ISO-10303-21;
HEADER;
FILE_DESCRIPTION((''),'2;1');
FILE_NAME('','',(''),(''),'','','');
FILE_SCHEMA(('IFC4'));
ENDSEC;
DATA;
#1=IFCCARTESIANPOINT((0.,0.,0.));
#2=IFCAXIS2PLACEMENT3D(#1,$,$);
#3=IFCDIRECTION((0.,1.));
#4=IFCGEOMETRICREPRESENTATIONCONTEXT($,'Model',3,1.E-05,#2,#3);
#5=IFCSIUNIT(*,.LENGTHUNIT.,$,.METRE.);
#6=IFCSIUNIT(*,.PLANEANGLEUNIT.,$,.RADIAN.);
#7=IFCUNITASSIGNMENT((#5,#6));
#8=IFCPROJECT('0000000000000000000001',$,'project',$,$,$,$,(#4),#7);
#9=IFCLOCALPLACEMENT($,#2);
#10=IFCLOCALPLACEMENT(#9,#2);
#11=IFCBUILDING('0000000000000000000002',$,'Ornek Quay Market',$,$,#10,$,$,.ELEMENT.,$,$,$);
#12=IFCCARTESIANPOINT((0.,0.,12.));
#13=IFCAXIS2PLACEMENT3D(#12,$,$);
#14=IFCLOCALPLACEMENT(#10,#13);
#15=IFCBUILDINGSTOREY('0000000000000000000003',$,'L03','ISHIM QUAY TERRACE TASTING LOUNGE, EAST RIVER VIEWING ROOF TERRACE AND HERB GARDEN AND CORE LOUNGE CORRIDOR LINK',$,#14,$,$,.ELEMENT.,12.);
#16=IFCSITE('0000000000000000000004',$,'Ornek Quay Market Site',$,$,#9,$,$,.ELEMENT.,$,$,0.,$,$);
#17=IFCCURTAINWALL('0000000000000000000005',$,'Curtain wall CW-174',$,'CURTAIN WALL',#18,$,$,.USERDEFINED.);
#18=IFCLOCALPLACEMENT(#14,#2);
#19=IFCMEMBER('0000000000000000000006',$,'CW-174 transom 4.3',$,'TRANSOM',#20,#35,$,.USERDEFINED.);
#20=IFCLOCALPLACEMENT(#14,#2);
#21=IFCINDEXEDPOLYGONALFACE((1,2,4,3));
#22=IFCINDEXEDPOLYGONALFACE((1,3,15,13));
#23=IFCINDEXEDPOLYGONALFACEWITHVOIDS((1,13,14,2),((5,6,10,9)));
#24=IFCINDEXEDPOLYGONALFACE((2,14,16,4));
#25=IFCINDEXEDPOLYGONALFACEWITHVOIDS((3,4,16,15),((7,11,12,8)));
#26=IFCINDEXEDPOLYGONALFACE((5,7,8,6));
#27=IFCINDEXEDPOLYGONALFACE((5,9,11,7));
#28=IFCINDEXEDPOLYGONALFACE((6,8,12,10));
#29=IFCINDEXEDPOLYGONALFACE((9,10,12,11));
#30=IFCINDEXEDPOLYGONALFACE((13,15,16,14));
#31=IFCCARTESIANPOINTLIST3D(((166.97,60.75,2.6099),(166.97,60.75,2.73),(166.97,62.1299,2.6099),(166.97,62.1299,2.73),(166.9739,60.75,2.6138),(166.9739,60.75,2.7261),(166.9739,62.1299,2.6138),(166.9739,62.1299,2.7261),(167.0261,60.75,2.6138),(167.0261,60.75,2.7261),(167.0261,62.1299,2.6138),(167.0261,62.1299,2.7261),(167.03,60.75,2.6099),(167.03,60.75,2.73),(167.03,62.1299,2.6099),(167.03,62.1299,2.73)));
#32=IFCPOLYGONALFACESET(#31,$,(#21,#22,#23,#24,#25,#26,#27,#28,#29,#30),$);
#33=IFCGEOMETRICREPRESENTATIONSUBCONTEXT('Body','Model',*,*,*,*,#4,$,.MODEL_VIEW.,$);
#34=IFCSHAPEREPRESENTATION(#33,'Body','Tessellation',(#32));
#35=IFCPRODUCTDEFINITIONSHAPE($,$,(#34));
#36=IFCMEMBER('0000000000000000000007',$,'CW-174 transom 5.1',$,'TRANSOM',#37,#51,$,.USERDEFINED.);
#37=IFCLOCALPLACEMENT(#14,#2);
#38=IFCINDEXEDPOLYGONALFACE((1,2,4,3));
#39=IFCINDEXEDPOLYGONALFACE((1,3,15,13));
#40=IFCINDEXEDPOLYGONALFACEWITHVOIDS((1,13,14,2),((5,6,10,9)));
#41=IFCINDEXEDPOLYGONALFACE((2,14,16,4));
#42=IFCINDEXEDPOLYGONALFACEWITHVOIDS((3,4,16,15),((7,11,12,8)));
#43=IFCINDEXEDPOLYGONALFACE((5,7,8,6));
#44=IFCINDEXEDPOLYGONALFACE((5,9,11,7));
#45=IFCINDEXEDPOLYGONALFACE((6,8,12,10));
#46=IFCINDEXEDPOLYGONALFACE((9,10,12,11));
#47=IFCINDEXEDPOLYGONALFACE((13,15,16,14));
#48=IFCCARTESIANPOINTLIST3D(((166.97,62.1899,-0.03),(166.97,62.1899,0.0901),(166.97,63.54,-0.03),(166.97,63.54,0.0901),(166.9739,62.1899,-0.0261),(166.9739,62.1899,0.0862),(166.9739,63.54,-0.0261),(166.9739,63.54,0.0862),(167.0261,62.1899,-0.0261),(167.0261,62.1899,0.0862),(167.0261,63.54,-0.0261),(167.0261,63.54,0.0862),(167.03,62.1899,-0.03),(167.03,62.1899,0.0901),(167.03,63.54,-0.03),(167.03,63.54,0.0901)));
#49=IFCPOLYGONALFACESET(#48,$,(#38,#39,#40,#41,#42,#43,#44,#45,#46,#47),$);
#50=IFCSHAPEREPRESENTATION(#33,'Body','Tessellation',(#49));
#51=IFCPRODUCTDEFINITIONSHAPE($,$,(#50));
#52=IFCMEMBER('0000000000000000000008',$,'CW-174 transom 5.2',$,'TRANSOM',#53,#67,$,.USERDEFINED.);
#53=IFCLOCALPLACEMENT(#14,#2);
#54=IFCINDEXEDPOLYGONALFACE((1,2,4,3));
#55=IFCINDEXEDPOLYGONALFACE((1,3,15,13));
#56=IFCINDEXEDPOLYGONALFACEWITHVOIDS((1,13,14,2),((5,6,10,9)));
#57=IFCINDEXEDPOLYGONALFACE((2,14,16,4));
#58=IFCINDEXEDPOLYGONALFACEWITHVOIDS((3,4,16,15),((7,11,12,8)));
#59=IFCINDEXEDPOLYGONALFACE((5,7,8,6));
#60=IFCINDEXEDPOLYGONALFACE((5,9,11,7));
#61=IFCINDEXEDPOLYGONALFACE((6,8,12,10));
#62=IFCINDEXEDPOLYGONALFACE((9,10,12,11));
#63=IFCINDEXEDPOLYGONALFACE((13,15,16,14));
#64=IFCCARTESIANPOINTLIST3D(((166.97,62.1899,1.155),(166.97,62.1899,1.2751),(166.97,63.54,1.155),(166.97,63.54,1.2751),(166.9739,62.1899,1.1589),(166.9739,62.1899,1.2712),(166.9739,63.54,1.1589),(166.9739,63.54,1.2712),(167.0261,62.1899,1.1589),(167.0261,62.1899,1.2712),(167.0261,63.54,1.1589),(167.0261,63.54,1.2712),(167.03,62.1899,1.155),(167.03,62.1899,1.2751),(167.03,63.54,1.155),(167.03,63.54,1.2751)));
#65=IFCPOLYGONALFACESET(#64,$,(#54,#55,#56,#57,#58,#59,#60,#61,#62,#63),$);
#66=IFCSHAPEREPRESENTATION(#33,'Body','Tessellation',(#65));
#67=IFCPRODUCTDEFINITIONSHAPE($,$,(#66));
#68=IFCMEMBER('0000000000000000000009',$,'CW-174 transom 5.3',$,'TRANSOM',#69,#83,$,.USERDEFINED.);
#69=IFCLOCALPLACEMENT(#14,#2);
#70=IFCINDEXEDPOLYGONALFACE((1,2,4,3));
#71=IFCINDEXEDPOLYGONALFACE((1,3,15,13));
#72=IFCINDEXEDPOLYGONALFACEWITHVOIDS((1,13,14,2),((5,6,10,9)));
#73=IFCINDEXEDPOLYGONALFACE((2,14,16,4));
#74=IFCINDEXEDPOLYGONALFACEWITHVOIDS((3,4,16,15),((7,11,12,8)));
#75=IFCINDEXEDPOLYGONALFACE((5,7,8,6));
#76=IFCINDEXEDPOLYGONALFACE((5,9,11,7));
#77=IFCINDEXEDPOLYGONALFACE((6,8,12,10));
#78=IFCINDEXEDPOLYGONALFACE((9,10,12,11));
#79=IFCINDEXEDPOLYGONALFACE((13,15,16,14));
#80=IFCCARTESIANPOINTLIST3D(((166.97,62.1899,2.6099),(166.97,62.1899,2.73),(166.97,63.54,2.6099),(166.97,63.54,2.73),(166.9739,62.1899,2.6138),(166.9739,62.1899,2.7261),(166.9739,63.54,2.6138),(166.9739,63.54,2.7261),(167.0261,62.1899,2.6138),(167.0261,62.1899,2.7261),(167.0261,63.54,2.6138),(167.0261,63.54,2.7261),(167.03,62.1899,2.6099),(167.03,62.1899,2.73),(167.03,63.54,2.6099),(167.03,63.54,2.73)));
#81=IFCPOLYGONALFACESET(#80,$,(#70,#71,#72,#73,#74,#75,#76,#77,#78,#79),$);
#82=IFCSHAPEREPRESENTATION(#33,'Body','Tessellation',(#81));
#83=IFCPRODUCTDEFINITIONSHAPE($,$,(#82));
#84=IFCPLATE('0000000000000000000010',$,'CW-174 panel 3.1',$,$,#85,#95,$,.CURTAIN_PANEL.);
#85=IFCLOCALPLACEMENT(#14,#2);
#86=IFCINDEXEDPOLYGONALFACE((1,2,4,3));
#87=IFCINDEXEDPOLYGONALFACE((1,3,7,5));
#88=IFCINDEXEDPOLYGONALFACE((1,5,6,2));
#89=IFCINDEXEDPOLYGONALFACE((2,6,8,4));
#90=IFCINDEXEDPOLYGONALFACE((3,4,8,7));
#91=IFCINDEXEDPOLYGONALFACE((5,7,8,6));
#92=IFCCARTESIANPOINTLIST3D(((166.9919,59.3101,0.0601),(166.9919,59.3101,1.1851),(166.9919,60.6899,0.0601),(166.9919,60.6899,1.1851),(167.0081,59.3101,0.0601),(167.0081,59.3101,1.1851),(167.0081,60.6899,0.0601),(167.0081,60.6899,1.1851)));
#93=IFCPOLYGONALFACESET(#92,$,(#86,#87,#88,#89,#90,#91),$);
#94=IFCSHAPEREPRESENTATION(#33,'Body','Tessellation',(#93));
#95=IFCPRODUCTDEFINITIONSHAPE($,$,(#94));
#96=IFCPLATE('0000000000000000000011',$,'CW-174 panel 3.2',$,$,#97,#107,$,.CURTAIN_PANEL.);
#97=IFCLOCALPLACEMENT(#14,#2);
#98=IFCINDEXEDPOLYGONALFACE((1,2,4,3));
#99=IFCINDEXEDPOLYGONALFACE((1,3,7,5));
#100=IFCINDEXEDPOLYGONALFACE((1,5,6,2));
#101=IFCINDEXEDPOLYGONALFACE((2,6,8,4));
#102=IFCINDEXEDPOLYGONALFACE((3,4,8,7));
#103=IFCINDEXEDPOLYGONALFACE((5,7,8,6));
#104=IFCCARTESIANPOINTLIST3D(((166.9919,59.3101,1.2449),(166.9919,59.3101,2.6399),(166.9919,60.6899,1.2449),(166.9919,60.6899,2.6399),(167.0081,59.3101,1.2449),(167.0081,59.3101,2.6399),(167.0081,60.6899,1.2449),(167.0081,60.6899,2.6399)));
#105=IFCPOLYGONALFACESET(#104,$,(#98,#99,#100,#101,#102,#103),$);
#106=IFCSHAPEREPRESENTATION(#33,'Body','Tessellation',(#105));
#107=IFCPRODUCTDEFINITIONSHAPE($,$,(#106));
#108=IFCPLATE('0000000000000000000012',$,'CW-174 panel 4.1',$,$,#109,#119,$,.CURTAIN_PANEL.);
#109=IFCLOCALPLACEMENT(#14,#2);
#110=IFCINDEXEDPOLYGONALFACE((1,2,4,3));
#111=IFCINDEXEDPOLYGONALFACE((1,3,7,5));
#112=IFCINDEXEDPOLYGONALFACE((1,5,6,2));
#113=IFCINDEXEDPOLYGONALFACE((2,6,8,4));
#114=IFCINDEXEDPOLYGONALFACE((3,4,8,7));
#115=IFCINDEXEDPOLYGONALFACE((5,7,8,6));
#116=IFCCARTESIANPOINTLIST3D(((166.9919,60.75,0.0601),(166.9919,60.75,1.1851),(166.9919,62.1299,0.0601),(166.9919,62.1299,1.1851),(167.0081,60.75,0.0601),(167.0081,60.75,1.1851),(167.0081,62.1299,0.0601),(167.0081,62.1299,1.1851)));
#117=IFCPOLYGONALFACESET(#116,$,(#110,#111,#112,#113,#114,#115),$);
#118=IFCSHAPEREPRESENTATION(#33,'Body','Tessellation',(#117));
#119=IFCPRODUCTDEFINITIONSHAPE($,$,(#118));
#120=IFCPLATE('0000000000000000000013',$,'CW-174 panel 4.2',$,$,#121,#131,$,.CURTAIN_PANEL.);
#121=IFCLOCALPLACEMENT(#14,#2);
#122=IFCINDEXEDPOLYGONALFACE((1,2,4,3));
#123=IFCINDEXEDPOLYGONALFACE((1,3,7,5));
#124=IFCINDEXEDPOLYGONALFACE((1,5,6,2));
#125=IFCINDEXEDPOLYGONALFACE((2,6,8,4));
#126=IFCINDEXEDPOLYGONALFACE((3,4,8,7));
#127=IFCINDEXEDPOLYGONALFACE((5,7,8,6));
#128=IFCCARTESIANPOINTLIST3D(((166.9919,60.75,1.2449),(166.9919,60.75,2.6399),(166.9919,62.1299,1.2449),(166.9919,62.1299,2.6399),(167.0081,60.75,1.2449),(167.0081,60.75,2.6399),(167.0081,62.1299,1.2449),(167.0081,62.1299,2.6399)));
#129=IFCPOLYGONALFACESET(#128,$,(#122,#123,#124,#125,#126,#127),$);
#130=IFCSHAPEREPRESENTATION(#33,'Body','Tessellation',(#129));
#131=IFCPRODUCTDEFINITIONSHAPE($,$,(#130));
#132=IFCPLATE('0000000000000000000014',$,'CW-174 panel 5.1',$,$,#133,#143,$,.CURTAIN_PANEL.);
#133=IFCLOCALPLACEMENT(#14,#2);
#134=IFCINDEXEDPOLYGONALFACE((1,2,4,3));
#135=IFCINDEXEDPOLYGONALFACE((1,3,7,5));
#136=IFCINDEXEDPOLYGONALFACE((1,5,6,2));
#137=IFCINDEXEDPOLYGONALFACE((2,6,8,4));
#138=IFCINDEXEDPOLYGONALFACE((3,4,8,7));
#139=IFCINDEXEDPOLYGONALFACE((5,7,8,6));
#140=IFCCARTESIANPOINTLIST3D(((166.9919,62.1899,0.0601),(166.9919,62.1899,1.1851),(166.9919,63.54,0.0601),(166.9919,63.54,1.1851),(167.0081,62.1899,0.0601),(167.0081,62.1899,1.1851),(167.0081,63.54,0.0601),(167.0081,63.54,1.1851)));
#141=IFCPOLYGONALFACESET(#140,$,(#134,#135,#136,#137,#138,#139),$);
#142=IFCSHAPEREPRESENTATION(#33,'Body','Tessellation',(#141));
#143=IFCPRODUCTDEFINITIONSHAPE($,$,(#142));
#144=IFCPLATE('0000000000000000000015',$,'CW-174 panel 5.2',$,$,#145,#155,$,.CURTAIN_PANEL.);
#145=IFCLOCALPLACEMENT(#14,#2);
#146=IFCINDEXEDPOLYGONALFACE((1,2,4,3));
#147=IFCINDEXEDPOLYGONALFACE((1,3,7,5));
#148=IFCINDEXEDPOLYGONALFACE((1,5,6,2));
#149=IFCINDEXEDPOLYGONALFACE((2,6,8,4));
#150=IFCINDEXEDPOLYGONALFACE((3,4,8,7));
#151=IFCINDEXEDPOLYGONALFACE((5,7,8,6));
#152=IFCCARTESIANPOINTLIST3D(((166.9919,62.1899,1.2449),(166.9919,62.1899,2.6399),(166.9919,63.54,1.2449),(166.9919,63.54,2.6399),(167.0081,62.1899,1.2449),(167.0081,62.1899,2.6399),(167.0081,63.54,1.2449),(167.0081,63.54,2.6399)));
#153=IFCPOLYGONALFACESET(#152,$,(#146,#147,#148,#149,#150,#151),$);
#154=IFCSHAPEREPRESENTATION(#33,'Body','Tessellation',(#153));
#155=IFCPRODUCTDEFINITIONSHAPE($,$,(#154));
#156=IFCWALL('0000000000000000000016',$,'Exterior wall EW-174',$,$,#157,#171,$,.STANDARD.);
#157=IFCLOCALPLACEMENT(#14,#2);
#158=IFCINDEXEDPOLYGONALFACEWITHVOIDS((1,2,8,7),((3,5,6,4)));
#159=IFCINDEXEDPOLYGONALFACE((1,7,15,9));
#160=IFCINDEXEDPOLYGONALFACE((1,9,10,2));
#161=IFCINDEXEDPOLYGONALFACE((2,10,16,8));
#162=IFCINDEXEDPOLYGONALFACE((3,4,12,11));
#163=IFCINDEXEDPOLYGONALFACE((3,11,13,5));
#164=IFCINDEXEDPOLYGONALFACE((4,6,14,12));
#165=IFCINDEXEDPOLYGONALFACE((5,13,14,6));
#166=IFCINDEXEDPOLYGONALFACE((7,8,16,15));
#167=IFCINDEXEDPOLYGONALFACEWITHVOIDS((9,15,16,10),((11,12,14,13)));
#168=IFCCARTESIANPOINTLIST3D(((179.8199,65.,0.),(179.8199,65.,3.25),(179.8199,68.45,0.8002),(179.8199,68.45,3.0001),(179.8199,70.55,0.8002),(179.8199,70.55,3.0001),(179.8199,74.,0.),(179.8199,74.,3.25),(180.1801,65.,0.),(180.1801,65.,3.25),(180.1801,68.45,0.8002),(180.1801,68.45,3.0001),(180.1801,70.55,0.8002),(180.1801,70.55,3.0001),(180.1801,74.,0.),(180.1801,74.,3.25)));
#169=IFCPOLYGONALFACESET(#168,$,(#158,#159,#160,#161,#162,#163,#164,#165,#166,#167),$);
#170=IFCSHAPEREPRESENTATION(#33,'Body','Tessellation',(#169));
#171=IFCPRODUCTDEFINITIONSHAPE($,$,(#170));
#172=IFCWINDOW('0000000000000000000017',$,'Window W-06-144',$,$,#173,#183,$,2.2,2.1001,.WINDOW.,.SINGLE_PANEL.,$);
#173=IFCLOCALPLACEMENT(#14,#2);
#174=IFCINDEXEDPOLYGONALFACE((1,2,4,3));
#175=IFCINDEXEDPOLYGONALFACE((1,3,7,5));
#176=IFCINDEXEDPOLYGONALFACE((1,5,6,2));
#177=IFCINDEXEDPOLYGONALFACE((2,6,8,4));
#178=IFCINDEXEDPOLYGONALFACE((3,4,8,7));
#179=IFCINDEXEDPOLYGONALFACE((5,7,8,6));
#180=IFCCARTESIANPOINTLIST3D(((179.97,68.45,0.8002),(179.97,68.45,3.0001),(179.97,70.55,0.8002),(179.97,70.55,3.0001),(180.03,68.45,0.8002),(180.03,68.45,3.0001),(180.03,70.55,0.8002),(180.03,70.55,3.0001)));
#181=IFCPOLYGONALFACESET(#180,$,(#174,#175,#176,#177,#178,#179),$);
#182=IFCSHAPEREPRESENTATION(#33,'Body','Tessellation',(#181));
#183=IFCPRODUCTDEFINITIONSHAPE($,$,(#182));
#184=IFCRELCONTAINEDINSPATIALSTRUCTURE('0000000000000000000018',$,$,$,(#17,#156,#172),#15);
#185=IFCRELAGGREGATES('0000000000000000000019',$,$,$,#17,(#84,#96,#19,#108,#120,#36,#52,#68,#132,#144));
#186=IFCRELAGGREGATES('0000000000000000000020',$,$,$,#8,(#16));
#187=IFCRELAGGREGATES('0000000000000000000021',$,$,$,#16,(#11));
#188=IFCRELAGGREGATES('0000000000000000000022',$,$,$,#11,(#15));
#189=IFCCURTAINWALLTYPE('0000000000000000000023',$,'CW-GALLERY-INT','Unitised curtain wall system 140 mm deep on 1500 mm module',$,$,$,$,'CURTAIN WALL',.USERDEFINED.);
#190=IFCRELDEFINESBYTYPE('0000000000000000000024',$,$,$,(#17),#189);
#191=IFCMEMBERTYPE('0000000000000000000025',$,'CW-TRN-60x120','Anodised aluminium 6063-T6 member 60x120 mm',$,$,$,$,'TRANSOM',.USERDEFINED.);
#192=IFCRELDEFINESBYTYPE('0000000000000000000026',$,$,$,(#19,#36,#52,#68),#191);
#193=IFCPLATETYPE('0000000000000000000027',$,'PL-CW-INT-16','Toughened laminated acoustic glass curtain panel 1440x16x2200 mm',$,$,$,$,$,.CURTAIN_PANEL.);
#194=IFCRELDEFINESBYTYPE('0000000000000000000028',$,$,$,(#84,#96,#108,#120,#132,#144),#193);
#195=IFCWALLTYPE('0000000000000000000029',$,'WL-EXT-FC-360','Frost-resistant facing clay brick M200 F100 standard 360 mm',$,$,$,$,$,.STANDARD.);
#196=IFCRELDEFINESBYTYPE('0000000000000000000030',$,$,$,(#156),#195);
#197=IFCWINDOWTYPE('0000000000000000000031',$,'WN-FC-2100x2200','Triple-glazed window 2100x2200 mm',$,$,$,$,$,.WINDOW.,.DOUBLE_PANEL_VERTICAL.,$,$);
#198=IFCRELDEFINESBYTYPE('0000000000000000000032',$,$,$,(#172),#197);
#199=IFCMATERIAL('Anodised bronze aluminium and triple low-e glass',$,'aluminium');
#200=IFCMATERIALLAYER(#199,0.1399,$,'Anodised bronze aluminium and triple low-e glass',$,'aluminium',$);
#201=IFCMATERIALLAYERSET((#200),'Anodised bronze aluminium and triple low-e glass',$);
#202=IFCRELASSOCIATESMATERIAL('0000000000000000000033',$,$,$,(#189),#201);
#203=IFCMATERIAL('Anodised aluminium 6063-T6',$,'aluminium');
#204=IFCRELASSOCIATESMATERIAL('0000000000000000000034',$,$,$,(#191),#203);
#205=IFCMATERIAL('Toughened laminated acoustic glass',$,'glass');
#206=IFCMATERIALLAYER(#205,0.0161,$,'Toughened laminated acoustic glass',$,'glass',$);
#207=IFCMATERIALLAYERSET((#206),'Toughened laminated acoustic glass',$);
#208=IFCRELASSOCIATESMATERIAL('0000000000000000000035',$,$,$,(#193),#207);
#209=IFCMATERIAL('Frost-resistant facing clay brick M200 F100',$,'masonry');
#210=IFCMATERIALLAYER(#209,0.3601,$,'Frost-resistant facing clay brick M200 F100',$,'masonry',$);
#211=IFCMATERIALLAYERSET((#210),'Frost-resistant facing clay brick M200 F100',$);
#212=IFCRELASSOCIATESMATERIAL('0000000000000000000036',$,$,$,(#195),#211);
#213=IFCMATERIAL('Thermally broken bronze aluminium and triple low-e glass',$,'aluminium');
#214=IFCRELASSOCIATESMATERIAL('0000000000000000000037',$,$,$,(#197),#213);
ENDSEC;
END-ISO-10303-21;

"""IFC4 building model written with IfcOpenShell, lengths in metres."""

from ifc_helpers import new_model, si_unit, direction, frame, frame_2d, origin, origin_2d, place, context, subcontext, project, spatial, rectangle, hollow_rectangle, extrude, material, layer, layer_set, material_profile, profile_set, type_object, element, fill, aggregate, save


model = new_model("IFC4")

# Units and contexts
model_context = context("Model", 3, precision=1e-05, world=origin(), true_north=direction((0.0, 1.0)))
body_context = subcontext(model_context, "Body", "Model", "MODEL_VIEW")
ifc_project = project(units=[si_unit("LENGTHUNIT", "METRE"), si_unit("PLANEANGLEUNIT", "RADIAN")], contexts=[model_context])

# Site, building, storey
site_placement = place(None, origin())
site = spatial("IfcSite", under=ifc_project, at=site_placement, Name="Ornek Quay Market Site", CompositionType="ELEMENT", RefElevation=0.0)
building_placement = place(site_placement, origin())
building = spatial("IfcBuilding", under=site, at=building_placement, Name="Ornek Quay Market", CompositionType="ELEMENT")
storey_placement = place(building_placement, frame((0.0, 0.0, 12.0)))
storey = spatial("IfcBuildingStorey", under=building, at=storey_placement, Name="L03", Description="ISHIM QUAY TERRACE TASTING LOUNGE, EAST RIVER VIEWING ROOF TERRACE AND HERB GARDEN AND CORE LOUNGE CORRIDOR LINK", CompositionType="ELEMENT", Elevation=12.0)

# Curtain wall, members, plates
ifc_material_1 = material(Name="Anodised bronze aluminium and triple low-e glass", Category="aluminium")
ifc_layer_1 = layer(ifc_material_1, 0.1399, Name="Anodised bronze aluminium and triple low-e glass", Category="aluminium")
ifc_layer_set_1 = layer_set([ifc_layer_1], Name="Anodised bronze aluminium and triple low-e glass")
curtain_wall_type = type_object("IfcCurtainWallType", Name="CW-GALLERY-INT", Description="Unitised curtain wall system 140 mm deep on 1500 mm module", ElementType="CURTAIN WALL", PredefinedType="USERDEFINED", material=ifc_layer_set_1)
curtain_wall_placement = place(storey_placement, origin())
curtain_wall = element("IfcCurtainWall", 1, at=curtain_wall_placement, inside=storey, type_object=curtain_wall_type, Name="Curtain wall CW-174", ObjectType="CURTAIN WALL", PredefinedType="USERDEFINED")
ifc_material_2 = material(Name="Anodised aluminium 6063-T6", Category="aluminium")
ifc_material_profile_1 = material_profile(ifc_material_2, hollow_rectangle(XDim=0.0601, YDim=0.1201, WallThickness=0.0039, at=origin_2d()), Name="CW-TRN-60x120", Category="aluminium")
ifc_profile_set_1 = profile_set([ifc_material_profile_1], Name="Anodised aluminium 6063-T6")
member_type_1 = type_object("IfcMemberType", Name="CW-TRN-60x120", Description="Anodised aluminium 6063-T6 member 60x120 mm", ElementType="TRANSOM", PredefinedType="USERDEFINED", material=ifc_profile_set_1)
member_1_placement = place(storey_placement, frame((167.0, 60.75, 2.6699), z_axis=(0.0, 1.0, 0.0), x_axis=(-1.0, 0.0, 0.0)))
member_1 = element("IfcMember", 2, at=member_1_placement, type_object=member_type_1, Name="CW-174 transom 4.3", ObjectType="TRANSOM", PredefinedType="USERDEFINED", context=body_context, shape_type="SweptSolid", body=[
    extrude(hollow_rectangle(XDim=0.0601, YDim=0.1201, WallThickness=0.0039, at=origin_2d()), origin(), (0.0, 0.0, 1.0), 1.3799),
])
member_2_placement = place(storey_placement, frame((167.0, 62.1899, 0.03), z_axis=(0.0, 1.0, 0.0), x_axis=(-1.0, 0.0, 0.0)))
member_2 = element("IfcMember", 3, at=member_2_placement, type_object=member_type_1, Name="CW-174 transom 5.1", ObjectType="TRANSOM", PredefinedType="USERDEFINED", context=body_context, shape_type="SweptSolid", body=[
    extrude(hollow_rectangle(XDim=0.0601, YDim=0.1201, WallThickness=0.0039, at=origin_2d()), origin(), (0.0, 0.0, 1.0), 1.3501),
])
member_3_placement = place(storey_placement, frame((167.0, 62.1899, 1.2151), z_axis=(0.0, 1.0, 0.0), x_axis=(-1.0, 0.0, 0.0)))
member_3 = element("IfcMember", 4, at=member_3_placement, type_object=member_type_1, Name="CW-174 transom 5.2", ObjectType="TRANSOM", PredefinedType="USERDEFINED", context=body_context, shape_type="SweptSolid", body=[
    extrude(hollow_rectangle(XDim=0.0601, YDim=0.1201, WallThickness=0.0039, at=origin_2d()), origin(), (0.0, 0.0, 1.0), 1.3501),
])
member_4_placement = place(storey_placement, frame((167.0, 62.1899, 2.6699), z_axis=(0.0, 1.0, 0.0), x_axis=(-1.0, 0.0, 0.0)))
member_4 = element("IfcMember", 5, at=member_4_placement, type_object=member_type_1, Name="CW-174 transom 5.3", ObjectType="TRANSOM", PredefinedType="USERDEFINED", context=body_context, shape_type="SweptSolid", body=[
    extrude(hollow_rectangle(XDim=0.0601, YDim=0.1201, WallThickness=0.0039, at=origin_2d()), origin(), (0.0, 0.0, 1.0), 1.3501),
])
ifc_material_3 = material(Name="Toughened laminated acoustic glass", Category="glass")
ifc_layer_2 = layer(ifc_material_3, 0.0161, Name="Toughened laminated acoustic glass", Category="glass")
ifc_layer_set_2 = layer_set([ifc_layer_2], Name="Toughened laminated acoustic glass")
plate_type = type_object("IfcPlateType", Name="PL-CW-INT-16", Description="Toughened laminated acoustic glass curtain panel 1440x16x2200 mm", PredefinedType="CURTAIN_PANEL", material=ifc_layer_set_2)
plate_1_placement = place(storey_placement, frame((167.0, 60.0, 0.0601), z_axis=(0.0, 0.0, 1.0), x_axis=(0.0, 1.0, 0.0)))
plate_1 = element("IfcPlate", 6, at=plate_1_placement, type_object=plate_type, Name="CW-174 panel 3.1", PredefinedType="CURTAIN_PANEL", context=body_context, shape_type="SweptSolid", body=[
    extrude(rectangle(XDim=1.3799, YDim=0.0161, at=origin_2d()), origin(), (0.0, 0.0, 1.0), 1.125),
])
plate_2_placement = place(storey_placement, frame((167.0, 60.0, 1.2449), z_axis=(0.0, 0.0, 1.0), x_axis=(0.0, 1.0, 0.0)))
plate_2 = element("IfcPlate", 7, at=plate_2_placement, type_object=plate_type, Name="CW-174 panel 3.2", PredefinedType="CURTAIN_PANEL", context=body_context, shape_type="SweptSolid", body=[
    extrude(rectangle(XDim=1.3799, YDim=0.0161, at=origin_2d()), origin(), (0.0, 0.0, 1.0), 1.395),
])
plate_3_placement = place(storey_placement, frame((167.0, 61.4399, 0.0601), z_axis=(0.0, 0.0, 1.0), x_axis=(0.0, 1.0, 0.0)))
plate_3 = element("IfcPlate", 8, at=plate_3_placement, type_object=plate_type, Name="CW-174 panel 4.1", PredefinedType="CURTAIN_PANEL", context=body_context, shape_type="SweptSolid", body=[
    extrude(rectangle(XDim=1.3799, YDim=0.0161, at=origin_2d()), origin(), (0.0, 0.0, 1.0), 1.125),
])
plate_4_placement = place(storey_placement, frame((167.0, 61.4399, 1.2449), z_axis=(0.0, 0.0, 1.0), x_axis=(0.0, 1.0, 0.0)))
plate_4 = element("IfcPlate", 9, at=plate_4_placement, type_object=plate_type, Name="CW-174 panel 4.2", PredefinedType="CURTAIN_PANEL", context=body_context, shape_type="SweptSolid", body=[
    extrude(rectangle(XDim=1.3799, YDim=0.0161, at=origin_2d()), origin(), (0.0, 0.0, 1.0), 1.395),
])
plate_5_placement = place(storey_placement, frame((167.0, 62.865, 0.0601), z_axis=(0.0, 0.0, 1.0), x_axis=(0.0, 1.0, 0.0)))
plate_5 = element("IfcPlate", 10, at=plate_5_placement, type_object=plate_type, Name="CW-174 panel 5.1", PredefinedType="CURTAIN_PANEL", context=body_context, shape_type="SweptSolid", body=[
    extrude(rectangle(XDim=1.3501, YDim=0.0161, at=origin_2d()), origin(), (0.0, 0.0, 1.0), 1.125),
])
plate_6_placement = place(storey_placement, frame((167.0, 62.865, 1.2449), z_axis=(0.0, 0.0, 1.0), x_axis=(0.0, 1.0, 0.0)))
plate_6 = element("IfcPlate", 11, at=plate_6_placement, type_object=plate_type, Name="CW-174 panel 5.2", PredefinedType="CURTAIN_PANEL", context=body_context, shape_type="SweptSolid", body=[
    extrude(rectangle(XDim=1.3501, YDim=0.0161, at=origin_2d()), origin(), (0.0, 0.0, 1.0), 1.395),
])
aggregate(curtain_wall, [plate_1, plate_2, member_1, plate_3, plate_4, member_2, member_3, member_4, plate_5, plate_6])

# Wall, opening, window
ifc_material_4 = material(Name="Frost-resistant facing clay brick M200 F100", Category="masonry")
ifc_layer_3 = layer(ifc_material_4, 0.3601, Name="Frost-resistant facing clay brick M200 F100", Category="masonry")
ifc_layer_set_3 = layer_set([ifc_layer_3], Name="Frost-resistant facing clay brick M200 F100")
wall_type_1 = type_object("IfcWallType", Name="WL-EXT-FC-360", Description="Frost-resistant facing clay brick M200 F100 standard 360 mm", PredefinedType="STANDARD", material=ifc_layer_set_3)
wall_1_placement = place(storey_placement, frame((180.0, 65.0, 0.0), z_axis=(0.0, 0.0, 1.0), x_axis=(0.0, 1.0, 0.0)))
wall_1 = element("IfcWall", 12, at=wall_1_placement, inside=storey, type_object=wall_type_1, Name="Exterior wall EW-174", PredefinedType="STANDARD", context=body_context, shape_type="SweptSolid", body=[
    extrude(rectangle(XDim=9.0, YDim=0.3601, at=frame_2d((4.5, 0.0))), origin(), (0.0, 0.0, 1.0), 3.25),
])
opening_placement = place(wall_1_placement, frame((3.45, 0.0, 0.8)))
opening = element("IfcOpeningElement", 13, at=opening_placement, cuts=wall_1, PredefinedType="OPENING", context=body_context, shape_type="SweptSolid", body=[
    extrude(rectangle(XDim=2.1001, YDim=2.2, at=frame_2d((1.05, 1.1001))), frame((0.0, 0.1899, 0.0), z_axis=(0.0, -1.0, 0.0), x_axis=(1.0, 0.0, 0.0)), (0.0, 0.0, 1.0), 0.3801),
])
ifc_material_5 = material(Name="Thermally broken bronze aluminium and triple low-e glass", Category="aluminium")
window_type = type_object("IfcWindowType", Name="WN-FC-2100x2200", Description="Triple-glazed window 2100x2200 mm", PartitioningType="DOUBLE_PANEL_VERTICAL", PredefinedType="WINDOW", material=ifc_material_5)
window_placement = place(opening_placement, origin())
window = element("IfcWindow", 14, at=window_placement, inside=storey, type_object=window_type, Name="Window W-06-144", OverallHeight=2.2, OverallWidth=2.1001, PartitioningType="SINGLE_PANEL", PredefinedType="WINDOW", context=body_context, shape_type="SweptSolid", body=[
    extrude(rectangle(XDim=2.1001, YDim=2.2, at=frame_2d((1.05, 1.1001))), frame((0.0, 0.03, 0.0), z_axis=(0.0, -1.0, 0.0), x_axis=(1.0, 0.0, 0.0)), (0.0, 0.0, 1.0), 0.0601),
])
fill(opening, window)

save(model, "model.ifc")
